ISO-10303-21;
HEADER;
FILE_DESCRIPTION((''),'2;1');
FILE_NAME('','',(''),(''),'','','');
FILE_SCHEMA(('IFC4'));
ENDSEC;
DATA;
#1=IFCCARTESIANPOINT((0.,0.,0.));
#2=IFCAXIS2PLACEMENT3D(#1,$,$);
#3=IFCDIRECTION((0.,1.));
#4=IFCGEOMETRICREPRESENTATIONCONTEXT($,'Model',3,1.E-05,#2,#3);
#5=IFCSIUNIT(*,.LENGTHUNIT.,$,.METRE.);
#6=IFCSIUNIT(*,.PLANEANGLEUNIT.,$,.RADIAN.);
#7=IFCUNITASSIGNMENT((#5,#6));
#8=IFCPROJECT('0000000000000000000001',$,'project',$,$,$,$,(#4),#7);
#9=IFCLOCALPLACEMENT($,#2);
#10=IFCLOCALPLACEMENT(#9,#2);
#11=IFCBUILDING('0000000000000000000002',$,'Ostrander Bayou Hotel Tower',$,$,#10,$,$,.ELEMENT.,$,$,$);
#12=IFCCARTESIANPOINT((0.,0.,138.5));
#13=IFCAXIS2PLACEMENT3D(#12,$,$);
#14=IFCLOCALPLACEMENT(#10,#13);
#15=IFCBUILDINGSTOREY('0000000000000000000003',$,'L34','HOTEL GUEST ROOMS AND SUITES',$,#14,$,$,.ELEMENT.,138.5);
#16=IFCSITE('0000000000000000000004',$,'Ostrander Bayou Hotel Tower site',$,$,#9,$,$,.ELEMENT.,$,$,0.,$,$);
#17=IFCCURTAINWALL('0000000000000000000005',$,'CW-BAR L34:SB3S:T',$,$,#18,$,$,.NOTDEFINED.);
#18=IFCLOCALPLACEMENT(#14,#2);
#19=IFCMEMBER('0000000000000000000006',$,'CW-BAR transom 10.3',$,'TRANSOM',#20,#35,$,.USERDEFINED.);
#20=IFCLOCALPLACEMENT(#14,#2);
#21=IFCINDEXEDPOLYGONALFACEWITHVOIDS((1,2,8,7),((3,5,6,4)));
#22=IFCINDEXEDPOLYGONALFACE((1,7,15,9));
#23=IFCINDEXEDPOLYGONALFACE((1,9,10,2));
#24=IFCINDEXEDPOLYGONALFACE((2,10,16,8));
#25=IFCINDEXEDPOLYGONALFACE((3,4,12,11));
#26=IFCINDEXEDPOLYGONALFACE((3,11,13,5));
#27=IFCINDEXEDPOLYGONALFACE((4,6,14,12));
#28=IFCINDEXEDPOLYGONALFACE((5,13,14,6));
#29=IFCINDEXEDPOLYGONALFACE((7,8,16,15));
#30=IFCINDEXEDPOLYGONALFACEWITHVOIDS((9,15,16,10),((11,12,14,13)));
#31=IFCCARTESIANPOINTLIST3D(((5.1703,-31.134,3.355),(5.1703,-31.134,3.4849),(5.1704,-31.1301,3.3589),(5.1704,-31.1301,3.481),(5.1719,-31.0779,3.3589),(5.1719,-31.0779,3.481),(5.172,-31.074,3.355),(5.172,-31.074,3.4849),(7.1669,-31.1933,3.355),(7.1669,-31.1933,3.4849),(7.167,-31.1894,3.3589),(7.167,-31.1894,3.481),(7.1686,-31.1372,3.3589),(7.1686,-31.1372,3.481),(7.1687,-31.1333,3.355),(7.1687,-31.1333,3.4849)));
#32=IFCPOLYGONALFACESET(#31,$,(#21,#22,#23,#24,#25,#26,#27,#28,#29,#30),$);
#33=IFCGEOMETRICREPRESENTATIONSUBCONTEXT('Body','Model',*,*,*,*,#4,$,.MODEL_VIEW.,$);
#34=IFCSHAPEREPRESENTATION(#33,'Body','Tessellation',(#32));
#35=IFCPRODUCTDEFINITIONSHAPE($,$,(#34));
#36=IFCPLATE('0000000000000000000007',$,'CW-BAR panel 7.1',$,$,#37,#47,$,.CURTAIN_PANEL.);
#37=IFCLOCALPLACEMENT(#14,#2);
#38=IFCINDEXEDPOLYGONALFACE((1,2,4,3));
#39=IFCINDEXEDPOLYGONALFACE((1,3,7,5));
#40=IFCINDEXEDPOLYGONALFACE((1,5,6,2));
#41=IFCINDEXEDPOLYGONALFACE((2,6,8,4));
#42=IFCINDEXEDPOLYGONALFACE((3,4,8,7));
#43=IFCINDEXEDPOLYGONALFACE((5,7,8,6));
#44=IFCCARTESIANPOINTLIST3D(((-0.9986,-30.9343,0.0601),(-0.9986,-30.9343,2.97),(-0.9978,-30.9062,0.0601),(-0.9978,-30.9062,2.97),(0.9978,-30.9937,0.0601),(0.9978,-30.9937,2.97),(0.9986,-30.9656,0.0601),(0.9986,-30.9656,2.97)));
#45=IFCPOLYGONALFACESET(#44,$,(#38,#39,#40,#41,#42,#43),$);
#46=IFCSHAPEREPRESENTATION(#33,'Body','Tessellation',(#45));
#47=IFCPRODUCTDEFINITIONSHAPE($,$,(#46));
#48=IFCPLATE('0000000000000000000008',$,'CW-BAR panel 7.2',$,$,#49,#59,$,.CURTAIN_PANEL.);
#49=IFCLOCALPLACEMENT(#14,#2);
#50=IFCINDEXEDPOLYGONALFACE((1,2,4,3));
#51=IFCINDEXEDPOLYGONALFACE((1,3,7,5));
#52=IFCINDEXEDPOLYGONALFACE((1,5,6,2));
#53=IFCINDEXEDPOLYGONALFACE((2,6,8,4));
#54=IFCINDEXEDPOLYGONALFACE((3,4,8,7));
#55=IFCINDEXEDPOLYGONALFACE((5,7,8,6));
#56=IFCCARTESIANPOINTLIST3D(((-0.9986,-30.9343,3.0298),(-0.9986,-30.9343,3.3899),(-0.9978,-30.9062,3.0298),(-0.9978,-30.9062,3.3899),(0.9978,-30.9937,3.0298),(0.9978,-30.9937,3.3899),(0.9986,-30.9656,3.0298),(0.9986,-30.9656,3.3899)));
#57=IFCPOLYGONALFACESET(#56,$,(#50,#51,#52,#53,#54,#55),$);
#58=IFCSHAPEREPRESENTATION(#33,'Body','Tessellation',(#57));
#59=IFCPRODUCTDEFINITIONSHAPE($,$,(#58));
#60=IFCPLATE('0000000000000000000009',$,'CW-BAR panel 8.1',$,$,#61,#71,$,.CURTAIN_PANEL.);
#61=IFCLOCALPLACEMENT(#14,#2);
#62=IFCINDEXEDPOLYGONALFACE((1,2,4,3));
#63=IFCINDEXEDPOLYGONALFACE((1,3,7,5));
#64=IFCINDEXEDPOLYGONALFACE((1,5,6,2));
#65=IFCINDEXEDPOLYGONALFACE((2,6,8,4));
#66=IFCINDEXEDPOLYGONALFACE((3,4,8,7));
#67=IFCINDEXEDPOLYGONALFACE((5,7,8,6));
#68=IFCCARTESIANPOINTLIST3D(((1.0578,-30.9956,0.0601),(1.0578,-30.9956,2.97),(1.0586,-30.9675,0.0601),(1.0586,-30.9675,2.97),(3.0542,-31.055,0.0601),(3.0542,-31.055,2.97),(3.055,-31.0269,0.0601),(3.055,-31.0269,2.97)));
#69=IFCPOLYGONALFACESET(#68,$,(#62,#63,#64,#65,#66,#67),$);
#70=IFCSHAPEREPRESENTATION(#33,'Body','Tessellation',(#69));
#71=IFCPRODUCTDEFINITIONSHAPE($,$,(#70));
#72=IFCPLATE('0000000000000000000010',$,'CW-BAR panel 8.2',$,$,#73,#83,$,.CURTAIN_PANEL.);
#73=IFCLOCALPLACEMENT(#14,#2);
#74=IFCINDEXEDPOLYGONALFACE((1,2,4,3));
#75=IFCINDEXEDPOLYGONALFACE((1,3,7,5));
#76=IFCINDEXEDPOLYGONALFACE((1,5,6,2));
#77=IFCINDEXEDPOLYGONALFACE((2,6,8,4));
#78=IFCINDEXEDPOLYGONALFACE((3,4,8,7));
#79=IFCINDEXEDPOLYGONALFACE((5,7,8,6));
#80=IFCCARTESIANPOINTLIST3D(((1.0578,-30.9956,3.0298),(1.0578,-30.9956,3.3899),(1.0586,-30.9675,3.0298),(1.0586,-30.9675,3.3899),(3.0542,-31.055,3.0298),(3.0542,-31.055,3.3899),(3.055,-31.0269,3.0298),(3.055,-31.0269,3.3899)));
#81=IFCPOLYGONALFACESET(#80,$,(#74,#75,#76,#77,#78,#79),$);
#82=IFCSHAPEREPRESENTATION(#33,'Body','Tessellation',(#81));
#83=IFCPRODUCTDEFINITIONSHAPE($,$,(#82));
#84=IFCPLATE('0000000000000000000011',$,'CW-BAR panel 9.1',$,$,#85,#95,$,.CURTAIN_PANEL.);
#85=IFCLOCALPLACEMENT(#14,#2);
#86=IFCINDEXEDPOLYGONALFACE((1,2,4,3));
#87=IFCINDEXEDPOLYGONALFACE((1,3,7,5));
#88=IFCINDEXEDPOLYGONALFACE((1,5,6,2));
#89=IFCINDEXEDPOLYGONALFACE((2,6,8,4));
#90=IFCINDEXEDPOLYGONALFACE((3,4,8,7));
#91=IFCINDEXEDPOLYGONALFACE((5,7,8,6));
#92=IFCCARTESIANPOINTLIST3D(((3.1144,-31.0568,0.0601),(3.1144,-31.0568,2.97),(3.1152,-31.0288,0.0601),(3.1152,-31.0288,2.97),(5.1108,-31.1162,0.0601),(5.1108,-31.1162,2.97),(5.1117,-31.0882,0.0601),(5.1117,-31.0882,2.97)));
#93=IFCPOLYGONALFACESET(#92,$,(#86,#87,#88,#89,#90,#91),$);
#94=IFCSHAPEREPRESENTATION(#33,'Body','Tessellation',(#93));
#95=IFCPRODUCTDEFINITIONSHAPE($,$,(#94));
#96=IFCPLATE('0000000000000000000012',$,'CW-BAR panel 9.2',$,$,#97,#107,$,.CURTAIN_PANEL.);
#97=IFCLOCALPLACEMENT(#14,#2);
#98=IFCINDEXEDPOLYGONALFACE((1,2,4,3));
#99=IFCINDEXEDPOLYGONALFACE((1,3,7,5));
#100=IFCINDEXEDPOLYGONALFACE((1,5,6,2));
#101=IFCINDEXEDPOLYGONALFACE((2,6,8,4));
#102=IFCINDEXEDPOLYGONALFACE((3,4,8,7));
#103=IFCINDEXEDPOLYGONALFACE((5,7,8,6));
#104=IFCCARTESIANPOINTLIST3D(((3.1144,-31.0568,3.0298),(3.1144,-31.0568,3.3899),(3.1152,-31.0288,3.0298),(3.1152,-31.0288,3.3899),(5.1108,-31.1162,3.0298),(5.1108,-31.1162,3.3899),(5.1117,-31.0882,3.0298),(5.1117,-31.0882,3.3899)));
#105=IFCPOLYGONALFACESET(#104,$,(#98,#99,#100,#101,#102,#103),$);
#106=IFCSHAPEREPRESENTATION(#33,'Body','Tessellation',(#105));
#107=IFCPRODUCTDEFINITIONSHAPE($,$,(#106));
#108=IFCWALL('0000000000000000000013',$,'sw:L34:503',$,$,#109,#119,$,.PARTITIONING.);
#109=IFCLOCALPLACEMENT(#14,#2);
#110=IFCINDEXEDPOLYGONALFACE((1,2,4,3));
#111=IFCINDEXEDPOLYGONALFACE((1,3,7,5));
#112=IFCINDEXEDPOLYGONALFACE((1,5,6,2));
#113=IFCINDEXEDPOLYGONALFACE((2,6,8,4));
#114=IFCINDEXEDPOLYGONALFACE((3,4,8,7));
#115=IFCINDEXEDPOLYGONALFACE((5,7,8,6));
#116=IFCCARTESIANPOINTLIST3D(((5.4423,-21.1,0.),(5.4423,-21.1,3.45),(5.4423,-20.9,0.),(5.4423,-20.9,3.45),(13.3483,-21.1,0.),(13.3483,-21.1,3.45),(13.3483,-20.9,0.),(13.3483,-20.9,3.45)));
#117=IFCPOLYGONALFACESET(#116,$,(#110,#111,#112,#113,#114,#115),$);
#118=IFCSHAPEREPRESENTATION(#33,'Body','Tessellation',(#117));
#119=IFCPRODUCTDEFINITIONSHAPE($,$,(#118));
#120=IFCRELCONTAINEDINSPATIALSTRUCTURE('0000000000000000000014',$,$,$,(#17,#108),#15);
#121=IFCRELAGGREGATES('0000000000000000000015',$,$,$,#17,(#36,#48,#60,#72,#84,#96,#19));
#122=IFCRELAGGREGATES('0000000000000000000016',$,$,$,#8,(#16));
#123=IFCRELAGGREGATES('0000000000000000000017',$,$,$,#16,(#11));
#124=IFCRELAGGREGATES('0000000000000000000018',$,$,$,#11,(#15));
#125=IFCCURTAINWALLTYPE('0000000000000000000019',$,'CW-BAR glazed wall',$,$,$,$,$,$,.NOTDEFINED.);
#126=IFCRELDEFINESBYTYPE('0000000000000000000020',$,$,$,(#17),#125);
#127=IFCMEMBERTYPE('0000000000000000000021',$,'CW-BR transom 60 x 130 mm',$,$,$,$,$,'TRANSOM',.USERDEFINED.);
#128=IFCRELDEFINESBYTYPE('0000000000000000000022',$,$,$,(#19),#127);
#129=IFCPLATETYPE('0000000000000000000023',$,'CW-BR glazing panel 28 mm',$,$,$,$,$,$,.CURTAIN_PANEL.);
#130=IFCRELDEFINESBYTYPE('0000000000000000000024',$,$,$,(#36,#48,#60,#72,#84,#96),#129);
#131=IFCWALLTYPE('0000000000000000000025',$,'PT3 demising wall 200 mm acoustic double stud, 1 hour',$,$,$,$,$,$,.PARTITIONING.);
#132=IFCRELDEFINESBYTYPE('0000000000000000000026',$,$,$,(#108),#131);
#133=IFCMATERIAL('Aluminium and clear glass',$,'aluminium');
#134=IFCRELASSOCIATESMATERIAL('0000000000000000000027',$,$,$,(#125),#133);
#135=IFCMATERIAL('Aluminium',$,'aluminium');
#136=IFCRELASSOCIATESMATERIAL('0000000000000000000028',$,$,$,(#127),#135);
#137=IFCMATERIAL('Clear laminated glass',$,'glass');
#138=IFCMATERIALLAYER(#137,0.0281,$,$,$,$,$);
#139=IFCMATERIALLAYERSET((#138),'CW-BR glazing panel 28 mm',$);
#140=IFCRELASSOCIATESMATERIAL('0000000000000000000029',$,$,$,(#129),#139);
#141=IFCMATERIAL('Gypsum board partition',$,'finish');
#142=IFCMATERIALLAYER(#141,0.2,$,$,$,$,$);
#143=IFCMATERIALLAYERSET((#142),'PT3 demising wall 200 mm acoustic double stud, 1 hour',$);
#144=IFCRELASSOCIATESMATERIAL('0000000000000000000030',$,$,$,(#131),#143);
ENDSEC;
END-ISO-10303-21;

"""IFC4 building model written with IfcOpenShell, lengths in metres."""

from ifc_helpers import new_model, si_unit, direction, frame, frame_2d, origin, origin_2d, place, context, subcontext, project, spatial, rectangle, hollow_rectangle, extrude, material, layer, layer_set, material_profile, profile_set, type_object, element, aggregate, save


model = new_model("IFC4")

# Units and contexts
model_context = context("Model", 3, precision=1e-05, world=origin(), true_north=direction((0.0, 1.0)))
body_context = subcontext(model_context, "Body", "Model", "MODEL_VIEW")
ifc_project = project(units=[si_unit("LENGTHUNIT", "METRE"), si_unit("PLANEANGLEUNIT", "RADIAN")], contexts=[model_context])

# Site, building, storey
site_placement = place(None, origin())
site = spatial("IfcSite", under=ifc_project, at=site_placement, Name="Ostrander Bayou Hotel Tower site", CompositionType="ELEMENT", RefElevation=0.0)
building_placement = place(site_placement, origin())
building = spatial("IfcBuilding", under=site, at=building_placement, Name="Ostrander Bayou Hotel Tower", CompositionType="ELEMENT")
storey_placement = place(building_placement, frame((0.0, 0.0, 138.5)))
storey = spatial("IfcBuildingStorey", under=building, at=storey_placement, Name="L34", Description="HOTEL GUEST ROOMS AND SUITES", CompositionType="ELEMENT", Elevation=138.5)

# Curtain wall, member, plates
ifc_material_1 = material(Name="Aluminium and clear glass", Category="aluminium")
curtain_wall_type = type_object("IfcCurtainWallType", Name="CW-BAR glazed wall", PredefinedType="NOTDEFINED", material=ifc_material_1)
curtain_wall_placement = place(storey_placement, origin())
curtain_wall = element("IfcCurtainWall", 1, at=curtain_wall_placement, inside=storey, type_object=curtain_wall_type, Name="CW-BAR L34:SB3S:T", PredefinedType="NOTDEFINED")
ifc_material_2 = material(Name="Aluminium", Category="aluminium")
ifc_material_profile_1 = material_profile(ifc_material_2, hollow_rectangle(XDim=0.0601, YDim=0.1299, WallThickness=0.0039, at=origin_2d()))
ifc_profile_set_1 = profile_set([ifc_material_profile_1], Name="Aluminium")
member_type_1 = type_object("IfcMemberType", Name="CW-BR transom 60 x 130 mm", ElementType="TRANSOM", PredefinedType="USERDEFINED", material=ifc_profile_set_1)
member_1_placement = place(storey_placement, frame((5.1711, -31.104, 3.4199), z_axis=(0.999559, -0.029701, 0.0), x_axis=(0.029701, 0.999559, 0.0)))
member_1 = element("IfcMember", 2, at=member_1_placement, type_object=member_type_1, Name="CW-BAR transom 10.3", ObjectType="TRANSOM", PredefinedType="USERDEFINED", context=body_context, shape_type="SweptSolid", body=[
    extrude(hollow_rectangle(XDim=0.0601, YDim=0.1299, WallThickness=0.0039, at=origin_2d()), origin(), (0.0, 0.0, 1.0), 1.9976),
])
ifc_material_3 = material(Name="Clear laminated glass", Category="glass")
ifc_layer_1 = layer(ifc_material_3, 0.0281)
ifc_layer_set_1 = layer_set([ifc_layer_1], Name="CW-BR glazing panel 28 mm")
plate_type = type_object("IfcPlateType", Name="CW-BR glazing panel 28 mm", PredefinedType="CURTAIN_PANEL", material=ifc_layer_set_1)
plate_1_placement = place(storey_placement, frame((0.0, -30.95, 0.0601), z_axis=(0.0, 0.0, 1.0), x_axis=(0.999557, -0.029746, 0.0)))
plate_1 = element("IfcPlate", 3, at=plate_1_placement, type_object=plate_type, Name="CW-BAR panel 7.1", PredefinedType="CURTAIN_PANEL", context=body_context, shape_type="SweptSolid", body=[
    extrude(rectangle(XDim=1.9973, YDim=0.0281, at=origin_2d()), origin(), (0.0, 0.0, 1.0), 2.9099),
])
plate_2_placement = place(storey_placement, frame((0.0, -30.95, 3.0298), z_axis=(0.0, 0.0, 1.0), x_axis=(0.999557, -0.029746, 0.0)))
plate_2 = element("IfcPlate", 4, at=plate_2_placement, type_object=plate_type, Name="CW-BAR panel 7.2", PredefinedType="CURTAIN_PANEL", context=body_context, shape_type="SweptSolid", body=[
    extrude(rectangle(XDim=1.9973, YDim=0.0281, at=origin_2d()), origin(), (0.0, 0.0, 1.0), 0.3601),
])
plate_3_placement = place(storey_placement, frame((2.0564, -31.0112, 0.0601), z_axis=(0.0, 0.0, 1.0), x_axis=(0.999557, -0.029746, 0.0)))
plate_3 = element("IfcPlate", 5, at=plate_3_placement, type_object=plate_type, Name="CW-BAR panel 8.1", PredefinedType="CURTAIN_PANEL", context=body_context, shape_type="SweptSolid", body=[
    extrude(rectangle(XDim=1.9973, YDim=0.0281, at=origin_2d()), origin(), (0.0, 0.0, 1.0), 2.9099),
])
plate_4_placement = place(storey_placement, frame((2.0564, -31.0112, 3.0298), z_axis=(0.0, 0.0, 1.0), x_axis=(0.999557, -0.029746, 0.0)))
plate_4 = element("IfcPlate", 6, at=plate_4_placement, type_object=plate_type, Name="CW-BAR panel 8.2", PredefinedType="CURTAIN_PANEL", context=body_context, shape_type="SweptSolid", body=[
    extrude(rectangle(XDim=1.9973, YDim=0.0281, at=origin_2d()), origin(), (0.0, 0.0, 1.0), 0.3601),
])
plate_5_placement = place(storey_placement, frame((4.113, -31.0725, 0.0601), z_axis=(0.0, 0.0, 1.0), x_axis=(0.999557, -0.029746, 0.0)))
plate_5 = element("IfcPlate", 7, at=plate_5_placement, type_object=plate_type, Name="CW-BAR panel 9.1", PredefinedType="CURTAIN_PANEL", context=body_context, shape_type="SweptSolid", body=[
    extrude(rectangle(XDim=1.9973, YDim=0.0281, at=origin_2d()), origin(), (0.0, 0.0, 1.0), 2.9099),
])
plate_6_placement = place(storey_placement, frame((4.113, -31.0725, 3.0298), z_axis=(0.0, 0.0, 1.0), x_axis=(0.999557, -0.029746, 0.0)))
plate_6 = element("IfcPlate", 8, at=plate_6_placement, type_object=plate_type, Name="CW-BAR panel 9.2", PredefinedType="CURTAIN_PANEL", context=body_context, shape_type="SweptSolid", body=[
    extrude(rectangle(XDim=1.9973, YDim=0.0281, at=origin_2d()), origin(), (0.0, 0.0, 1.0), 0.3601),
])
aggregate(curtain_wall, [plate_1, plate_2, plate_3, plate_4, plate_5, plate_6, member_1])

# Wall
ifc_material_4 = material(Name="Gypsum board partition", Category="finish")
ifc_layer_2 = layer(ifc_material_4, 0.2)
ifc_layer_set_2 = layer_set([ifc_layer_2], Name="PT3 demising wall 200 mm acoustic double stud, 1 hour")
wall_type = type_object("IfcWallType", Name="PT3 demising wall 200 mm acoustic double stud, 1 hour", PredefinedType="PARTITIONING", material=ifc_layer_set_2)
wall_1_placement = place(storey_placement, frame((5.4421, -21.0, 0.0), z_axis=(0.0, 0.0, 1.0), x_axis=(1.0, 0.0, 0.0)))
element("IfcWall", 9, at=wall_1_placement, inside=storey, type_object=wall_type, Name="sw:L34:503", PredefinedType="PARTITIONING", context=body_context, shape_type="SweptSolid", body=[
    extrude(rectangle(XDim=7.906, YDim=0.2, at=frame_2d((3.9531, 0.0))), origin(), (0.0, 0.0, 1.0), 3.45),
])

save(model, "model.ifc")
